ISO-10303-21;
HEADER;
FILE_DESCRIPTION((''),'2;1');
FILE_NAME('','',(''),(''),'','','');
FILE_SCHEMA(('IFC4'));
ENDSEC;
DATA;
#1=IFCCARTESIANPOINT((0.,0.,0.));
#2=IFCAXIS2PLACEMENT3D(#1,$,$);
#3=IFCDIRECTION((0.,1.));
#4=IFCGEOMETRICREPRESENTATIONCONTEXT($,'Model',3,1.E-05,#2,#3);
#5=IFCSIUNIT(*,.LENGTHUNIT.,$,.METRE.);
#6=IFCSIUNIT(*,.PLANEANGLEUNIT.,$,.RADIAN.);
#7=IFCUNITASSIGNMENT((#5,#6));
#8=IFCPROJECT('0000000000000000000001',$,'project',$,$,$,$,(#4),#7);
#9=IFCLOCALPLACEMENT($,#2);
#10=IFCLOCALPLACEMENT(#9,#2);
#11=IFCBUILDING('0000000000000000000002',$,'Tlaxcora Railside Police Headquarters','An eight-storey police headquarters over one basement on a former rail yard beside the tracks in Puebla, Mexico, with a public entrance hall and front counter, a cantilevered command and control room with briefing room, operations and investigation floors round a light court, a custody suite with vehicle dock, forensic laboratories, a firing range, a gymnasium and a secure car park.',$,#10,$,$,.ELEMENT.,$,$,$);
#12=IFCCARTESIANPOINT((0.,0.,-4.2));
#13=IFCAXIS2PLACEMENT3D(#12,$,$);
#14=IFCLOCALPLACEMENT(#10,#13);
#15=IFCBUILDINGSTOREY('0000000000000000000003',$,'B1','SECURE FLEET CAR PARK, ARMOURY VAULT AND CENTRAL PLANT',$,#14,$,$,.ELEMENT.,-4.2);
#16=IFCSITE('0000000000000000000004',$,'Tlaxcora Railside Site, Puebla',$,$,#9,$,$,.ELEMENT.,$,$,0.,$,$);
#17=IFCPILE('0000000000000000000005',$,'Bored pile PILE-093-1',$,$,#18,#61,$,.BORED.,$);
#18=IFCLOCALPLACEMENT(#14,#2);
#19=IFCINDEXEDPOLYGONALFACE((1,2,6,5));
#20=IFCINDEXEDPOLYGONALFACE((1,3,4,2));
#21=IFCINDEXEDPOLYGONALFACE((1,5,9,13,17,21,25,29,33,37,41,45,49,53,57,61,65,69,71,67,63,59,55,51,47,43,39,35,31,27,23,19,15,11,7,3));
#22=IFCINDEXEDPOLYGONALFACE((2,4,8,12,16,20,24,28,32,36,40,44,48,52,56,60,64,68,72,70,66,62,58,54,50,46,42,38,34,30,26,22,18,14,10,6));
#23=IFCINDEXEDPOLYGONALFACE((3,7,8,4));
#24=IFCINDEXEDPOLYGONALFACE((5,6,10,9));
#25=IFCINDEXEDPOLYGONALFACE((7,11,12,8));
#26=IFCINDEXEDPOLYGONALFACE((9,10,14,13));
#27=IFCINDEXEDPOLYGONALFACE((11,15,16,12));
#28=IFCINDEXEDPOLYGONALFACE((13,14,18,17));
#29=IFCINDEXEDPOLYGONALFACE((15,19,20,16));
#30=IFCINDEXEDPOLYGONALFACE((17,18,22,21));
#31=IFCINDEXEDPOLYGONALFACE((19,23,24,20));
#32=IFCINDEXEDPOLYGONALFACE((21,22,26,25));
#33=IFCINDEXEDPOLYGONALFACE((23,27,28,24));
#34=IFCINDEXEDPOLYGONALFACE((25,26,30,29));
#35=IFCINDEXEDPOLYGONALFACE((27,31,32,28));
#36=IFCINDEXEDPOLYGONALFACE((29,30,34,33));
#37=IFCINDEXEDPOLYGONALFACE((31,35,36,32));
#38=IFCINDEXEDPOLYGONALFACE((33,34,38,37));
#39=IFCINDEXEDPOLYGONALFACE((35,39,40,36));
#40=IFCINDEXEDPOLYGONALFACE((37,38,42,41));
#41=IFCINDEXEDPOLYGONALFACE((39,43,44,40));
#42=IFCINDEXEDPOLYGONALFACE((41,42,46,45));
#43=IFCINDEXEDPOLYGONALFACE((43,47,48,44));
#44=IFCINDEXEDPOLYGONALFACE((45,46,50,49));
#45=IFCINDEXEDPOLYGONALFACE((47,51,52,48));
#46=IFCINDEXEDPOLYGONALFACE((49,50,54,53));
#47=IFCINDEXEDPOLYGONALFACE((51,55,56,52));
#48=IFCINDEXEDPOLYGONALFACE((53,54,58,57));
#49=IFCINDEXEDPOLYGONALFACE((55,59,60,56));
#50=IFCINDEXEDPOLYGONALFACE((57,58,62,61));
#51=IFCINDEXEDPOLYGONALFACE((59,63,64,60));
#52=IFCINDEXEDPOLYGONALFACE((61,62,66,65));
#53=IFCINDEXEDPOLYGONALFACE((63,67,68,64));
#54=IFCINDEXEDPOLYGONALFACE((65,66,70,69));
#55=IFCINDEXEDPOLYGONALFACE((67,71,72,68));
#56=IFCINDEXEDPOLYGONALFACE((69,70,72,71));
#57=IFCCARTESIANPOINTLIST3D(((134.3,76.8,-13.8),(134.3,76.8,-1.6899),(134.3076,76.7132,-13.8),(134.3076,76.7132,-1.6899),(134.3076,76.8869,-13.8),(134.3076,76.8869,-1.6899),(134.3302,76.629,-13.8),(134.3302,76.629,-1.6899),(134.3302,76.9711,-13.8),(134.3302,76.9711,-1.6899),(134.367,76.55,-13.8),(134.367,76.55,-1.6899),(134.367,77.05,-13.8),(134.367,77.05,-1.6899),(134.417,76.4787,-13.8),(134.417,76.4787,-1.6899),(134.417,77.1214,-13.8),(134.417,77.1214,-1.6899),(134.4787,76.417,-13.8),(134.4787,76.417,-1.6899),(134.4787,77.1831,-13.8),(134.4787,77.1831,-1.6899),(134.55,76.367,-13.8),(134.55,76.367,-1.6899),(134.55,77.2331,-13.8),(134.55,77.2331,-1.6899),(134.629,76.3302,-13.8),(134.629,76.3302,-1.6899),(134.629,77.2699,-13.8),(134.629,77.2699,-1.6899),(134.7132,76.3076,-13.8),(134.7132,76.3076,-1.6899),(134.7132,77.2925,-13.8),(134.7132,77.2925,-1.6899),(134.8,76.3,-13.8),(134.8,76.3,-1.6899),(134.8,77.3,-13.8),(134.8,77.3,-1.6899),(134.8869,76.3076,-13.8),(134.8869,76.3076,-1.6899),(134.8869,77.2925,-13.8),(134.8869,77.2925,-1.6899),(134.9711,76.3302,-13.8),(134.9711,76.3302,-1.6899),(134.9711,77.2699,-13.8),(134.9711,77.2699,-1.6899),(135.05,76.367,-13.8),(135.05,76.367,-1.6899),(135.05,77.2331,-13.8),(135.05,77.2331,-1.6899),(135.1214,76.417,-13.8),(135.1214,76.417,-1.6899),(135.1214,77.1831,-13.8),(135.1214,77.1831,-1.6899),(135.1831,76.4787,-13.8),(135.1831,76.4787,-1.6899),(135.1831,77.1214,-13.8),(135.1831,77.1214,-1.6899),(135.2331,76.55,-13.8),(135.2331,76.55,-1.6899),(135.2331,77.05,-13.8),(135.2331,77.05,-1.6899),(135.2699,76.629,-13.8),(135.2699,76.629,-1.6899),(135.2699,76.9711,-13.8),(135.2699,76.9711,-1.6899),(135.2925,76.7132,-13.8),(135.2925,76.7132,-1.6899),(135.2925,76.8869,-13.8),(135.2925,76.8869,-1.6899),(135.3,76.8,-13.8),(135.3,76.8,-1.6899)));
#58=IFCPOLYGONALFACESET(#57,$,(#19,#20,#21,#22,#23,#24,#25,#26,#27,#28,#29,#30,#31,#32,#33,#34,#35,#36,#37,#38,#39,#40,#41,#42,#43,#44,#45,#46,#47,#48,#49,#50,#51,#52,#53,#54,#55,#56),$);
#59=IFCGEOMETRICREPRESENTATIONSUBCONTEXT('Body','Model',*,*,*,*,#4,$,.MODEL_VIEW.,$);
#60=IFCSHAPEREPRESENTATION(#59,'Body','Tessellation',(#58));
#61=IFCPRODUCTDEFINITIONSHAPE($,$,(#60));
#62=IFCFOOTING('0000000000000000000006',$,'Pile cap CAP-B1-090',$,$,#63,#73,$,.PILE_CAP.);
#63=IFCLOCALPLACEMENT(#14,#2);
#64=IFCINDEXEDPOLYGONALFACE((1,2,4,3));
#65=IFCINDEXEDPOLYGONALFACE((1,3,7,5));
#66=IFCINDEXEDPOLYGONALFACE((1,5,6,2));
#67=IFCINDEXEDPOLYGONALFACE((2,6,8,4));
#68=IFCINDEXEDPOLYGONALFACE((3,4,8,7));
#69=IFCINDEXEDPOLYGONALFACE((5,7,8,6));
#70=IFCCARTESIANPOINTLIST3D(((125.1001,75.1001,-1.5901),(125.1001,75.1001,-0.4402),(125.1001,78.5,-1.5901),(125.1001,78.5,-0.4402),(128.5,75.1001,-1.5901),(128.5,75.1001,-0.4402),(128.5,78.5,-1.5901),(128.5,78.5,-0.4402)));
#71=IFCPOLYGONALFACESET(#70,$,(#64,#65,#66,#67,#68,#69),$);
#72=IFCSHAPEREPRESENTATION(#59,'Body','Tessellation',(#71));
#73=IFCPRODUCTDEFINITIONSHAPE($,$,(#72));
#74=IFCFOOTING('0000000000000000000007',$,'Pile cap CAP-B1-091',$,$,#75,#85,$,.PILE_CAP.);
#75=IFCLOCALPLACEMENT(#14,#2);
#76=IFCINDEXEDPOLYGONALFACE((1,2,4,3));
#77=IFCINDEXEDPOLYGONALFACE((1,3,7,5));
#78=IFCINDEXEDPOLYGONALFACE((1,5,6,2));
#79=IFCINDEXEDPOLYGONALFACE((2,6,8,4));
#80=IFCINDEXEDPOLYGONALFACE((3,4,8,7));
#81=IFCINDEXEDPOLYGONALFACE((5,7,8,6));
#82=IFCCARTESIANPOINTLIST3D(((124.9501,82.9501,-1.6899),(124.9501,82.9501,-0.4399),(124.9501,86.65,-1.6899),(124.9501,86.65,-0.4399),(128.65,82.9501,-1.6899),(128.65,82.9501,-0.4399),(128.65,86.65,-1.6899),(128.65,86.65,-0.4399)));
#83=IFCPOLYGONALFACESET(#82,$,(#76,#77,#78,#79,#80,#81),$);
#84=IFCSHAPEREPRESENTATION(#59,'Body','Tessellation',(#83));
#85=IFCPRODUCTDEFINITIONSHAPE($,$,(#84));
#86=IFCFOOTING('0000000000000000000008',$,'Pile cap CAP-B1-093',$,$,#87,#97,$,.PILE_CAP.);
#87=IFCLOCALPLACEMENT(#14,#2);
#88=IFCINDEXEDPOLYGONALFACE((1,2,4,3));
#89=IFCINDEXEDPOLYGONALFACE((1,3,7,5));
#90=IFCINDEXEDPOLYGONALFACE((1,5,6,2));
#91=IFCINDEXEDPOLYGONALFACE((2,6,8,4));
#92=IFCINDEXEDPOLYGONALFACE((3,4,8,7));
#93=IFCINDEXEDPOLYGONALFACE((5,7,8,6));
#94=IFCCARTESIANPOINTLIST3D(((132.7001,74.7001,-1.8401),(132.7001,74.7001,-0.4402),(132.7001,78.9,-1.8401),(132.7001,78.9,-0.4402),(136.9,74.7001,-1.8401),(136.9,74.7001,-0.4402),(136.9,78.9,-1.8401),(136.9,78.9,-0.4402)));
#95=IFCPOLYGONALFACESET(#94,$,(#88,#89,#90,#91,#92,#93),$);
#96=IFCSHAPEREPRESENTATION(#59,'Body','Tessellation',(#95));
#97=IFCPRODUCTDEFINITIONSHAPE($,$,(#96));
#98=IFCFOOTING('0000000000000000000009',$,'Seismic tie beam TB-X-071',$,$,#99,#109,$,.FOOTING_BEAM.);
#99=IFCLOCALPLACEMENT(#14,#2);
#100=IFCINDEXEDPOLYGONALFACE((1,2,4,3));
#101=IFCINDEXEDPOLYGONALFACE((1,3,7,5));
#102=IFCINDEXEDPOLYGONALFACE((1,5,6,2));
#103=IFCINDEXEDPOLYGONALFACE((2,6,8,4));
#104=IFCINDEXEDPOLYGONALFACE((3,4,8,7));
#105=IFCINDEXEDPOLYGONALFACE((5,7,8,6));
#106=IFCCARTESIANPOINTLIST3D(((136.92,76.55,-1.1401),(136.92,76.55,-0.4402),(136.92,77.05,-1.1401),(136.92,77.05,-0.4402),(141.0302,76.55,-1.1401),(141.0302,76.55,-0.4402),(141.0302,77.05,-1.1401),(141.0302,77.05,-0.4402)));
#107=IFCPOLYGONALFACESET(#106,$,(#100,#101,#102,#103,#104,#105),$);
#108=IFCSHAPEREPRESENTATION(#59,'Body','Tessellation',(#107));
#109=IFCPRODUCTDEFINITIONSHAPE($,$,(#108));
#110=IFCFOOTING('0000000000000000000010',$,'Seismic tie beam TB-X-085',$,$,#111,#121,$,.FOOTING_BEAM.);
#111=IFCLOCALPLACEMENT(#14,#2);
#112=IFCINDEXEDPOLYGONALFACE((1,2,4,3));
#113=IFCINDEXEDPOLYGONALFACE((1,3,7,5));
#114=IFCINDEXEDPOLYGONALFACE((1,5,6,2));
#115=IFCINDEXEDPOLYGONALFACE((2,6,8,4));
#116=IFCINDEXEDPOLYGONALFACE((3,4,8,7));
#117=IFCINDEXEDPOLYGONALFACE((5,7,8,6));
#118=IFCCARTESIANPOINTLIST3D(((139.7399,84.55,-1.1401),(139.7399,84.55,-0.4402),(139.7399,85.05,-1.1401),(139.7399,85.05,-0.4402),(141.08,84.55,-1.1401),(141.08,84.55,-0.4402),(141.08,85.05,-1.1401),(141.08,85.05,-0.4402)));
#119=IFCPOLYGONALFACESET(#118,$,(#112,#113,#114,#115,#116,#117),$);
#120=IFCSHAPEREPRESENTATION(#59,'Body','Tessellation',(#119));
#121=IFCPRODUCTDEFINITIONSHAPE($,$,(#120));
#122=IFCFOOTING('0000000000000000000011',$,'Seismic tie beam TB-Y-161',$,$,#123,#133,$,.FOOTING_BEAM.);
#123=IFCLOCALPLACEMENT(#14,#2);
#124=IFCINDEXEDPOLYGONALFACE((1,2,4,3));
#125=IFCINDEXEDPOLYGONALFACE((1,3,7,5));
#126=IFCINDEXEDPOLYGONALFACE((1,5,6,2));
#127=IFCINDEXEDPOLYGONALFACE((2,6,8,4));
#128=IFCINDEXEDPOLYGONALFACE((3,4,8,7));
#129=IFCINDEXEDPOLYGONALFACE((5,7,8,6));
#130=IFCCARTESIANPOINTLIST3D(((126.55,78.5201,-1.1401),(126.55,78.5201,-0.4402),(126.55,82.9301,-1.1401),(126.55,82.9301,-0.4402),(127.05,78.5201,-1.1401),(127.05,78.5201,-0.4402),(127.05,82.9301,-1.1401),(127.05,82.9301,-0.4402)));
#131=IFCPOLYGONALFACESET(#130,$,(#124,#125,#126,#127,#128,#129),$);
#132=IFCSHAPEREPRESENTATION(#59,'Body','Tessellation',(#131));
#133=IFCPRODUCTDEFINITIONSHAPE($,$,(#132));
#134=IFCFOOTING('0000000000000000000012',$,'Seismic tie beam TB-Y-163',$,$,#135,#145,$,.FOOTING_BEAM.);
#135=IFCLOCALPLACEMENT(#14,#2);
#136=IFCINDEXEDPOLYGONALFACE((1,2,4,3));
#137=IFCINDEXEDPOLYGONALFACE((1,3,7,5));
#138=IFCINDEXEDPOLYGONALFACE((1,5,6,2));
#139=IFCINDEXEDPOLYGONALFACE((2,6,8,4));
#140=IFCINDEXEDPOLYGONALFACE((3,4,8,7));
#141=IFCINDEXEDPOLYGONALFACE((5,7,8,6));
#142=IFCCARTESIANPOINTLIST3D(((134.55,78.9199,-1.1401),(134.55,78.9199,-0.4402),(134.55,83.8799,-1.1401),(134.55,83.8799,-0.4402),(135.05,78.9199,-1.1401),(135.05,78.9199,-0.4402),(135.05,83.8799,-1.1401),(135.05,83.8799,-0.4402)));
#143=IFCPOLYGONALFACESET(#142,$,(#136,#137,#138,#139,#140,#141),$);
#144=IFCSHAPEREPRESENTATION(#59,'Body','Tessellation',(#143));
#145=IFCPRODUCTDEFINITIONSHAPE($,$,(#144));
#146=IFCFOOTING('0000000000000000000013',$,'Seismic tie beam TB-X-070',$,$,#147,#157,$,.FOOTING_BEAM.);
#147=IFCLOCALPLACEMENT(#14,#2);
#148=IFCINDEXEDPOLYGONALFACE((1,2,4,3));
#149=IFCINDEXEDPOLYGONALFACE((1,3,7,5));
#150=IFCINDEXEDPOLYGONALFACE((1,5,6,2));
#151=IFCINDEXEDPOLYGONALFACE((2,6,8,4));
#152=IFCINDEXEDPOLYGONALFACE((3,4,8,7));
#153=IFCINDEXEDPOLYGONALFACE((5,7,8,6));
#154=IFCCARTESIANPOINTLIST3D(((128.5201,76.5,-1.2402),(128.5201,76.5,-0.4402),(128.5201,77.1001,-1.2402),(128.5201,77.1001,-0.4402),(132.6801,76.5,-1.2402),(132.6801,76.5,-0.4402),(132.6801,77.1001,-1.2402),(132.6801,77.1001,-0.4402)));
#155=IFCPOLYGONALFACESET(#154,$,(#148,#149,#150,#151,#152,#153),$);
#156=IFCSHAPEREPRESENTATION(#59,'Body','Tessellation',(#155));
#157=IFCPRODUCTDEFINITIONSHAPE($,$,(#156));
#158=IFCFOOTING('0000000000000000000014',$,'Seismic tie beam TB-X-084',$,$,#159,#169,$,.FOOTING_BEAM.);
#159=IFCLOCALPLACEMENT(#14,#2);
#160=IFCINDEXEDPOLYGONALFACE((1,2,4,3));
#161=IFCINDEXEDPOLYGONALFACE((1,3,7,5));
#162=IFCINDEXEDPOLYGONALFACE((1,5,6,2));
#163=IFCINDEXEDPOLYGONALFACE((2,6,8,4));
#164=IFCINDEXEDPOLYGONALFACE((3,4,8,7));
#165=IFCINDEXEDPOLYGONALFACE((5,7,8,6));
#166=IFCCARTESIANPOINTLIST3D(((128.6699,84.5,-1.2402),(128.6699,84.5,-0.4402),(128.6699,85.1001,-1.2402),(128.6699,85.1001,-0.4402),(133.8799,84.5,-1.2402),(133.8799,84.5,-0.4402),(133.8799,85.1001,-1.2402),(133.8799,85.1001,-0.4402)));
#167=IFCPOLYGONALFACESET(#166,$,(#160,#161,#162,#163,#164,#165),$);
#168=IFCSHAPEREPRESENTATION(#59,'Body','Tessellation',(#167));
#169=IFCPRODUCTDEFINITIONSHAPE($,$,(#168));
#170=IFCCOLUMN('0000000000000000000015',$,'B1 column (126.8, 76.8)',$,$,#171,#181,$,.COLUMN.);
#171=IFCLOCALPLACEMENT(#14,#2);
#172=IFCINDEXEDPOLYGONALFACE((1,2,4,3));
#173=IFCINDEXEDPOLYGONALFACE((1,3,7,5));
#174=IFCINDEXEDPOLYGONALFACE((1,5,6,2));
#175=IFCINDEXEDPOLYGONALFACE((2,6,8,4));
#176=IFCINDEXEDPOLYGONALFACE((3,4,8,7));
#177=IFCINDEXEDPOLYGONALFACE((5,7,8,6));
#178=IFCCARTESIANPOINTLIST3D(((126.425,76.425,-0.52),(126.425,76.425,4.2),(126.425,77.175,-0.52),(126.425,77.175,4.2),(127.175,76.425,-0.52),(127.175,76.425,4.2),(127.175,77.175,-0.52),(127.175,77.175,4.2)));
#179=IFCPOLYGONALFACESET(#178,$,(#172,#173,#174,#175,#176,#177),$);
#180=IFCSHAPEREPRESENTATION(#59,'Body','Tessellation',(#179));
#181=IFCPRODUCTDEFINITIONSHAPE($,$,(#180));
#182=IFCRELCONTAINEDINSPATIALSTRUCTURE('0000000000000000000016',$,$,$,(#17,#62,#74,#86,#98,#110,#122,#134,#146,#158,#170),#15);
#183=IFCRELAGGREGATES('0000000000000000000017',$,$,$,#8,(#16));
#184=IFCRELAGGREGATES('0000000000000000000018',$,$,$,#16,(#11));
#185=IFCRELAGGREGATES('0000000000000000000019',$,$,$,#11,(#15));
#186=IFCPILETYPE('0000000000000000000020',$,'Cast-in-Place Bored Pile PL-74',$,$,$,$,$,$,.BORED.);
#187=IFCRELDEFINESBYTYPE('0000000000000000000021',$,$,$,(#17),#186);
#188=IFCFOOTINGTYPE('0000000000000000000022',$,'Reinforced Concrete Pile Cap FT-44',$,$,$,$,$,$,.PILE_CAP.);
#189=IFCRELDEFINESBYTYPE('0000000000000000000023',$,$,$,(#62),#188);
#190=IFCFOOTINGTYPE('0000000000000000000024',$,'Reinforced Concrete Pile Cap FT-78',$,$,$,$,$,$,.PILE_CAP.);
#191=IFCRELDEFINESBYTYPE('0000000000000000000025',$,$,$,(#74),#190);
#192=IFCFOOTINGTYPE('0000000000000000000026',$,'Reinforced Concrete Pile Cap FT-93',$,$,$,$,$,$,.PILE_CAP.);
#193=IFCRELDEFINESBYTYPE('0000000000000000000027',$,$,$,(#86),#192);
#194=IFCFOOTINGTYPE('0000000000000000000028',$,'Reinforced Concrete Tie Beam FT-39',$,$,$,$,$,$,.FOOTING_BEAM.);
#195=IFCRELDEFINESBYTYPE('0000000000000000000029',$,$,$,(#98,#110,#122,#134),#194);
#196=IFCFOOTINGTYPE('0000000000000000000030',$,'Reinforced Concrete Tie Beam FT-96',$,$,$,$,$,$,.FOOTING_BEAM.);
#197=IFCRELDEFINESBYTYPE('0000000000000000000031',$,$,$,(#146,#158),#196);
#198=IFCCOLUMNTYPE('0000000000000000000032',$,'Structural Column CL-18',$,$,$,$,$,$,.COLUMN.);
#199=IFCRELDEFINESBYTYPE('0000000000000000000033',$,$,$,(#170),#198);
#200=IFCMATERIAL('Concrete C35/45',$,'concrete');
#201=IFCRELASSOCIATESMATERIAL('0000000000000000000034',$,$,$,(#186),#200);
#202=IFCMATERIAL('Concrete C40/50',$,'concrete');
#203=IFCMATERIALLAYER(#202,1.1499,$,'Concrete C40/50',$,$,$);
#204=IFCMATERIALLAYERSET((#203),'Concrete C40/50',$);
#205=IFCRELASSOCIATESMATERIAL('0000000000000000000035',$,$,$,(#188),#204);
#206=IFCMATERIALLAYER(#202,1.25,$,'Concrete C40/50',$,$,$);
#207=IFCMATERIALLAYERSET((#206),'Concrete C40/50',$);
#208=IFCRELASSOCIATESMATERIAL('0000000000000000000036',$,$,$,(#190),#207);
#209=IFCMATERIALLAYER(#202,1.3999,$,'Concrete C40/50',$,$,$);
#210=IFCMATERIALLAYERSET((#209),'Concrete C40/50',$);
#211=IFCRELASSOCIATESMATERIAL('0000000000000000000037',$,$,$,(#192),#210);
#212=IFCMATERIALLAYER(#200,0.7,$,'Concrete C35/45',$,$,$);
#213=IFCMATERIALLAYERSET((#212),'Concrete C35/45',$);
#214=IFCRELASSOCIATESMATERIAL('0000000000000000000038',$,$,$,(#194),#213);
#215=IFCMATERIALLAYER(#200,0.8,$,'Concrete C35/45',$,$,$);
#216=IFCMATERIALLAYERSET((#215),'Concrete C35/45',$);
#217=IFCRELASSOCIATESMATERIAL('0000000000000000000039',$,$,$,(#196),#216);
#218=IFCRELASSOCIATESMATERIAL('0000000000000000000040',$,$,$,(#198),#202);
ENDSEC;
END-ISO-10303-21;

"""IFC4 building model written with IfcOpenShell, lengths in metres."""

from ifc_helpers import new_model, si_unit, direction, frame, origin, origin_2d, place, context, subcontext, project, spatial, rectangle, circle, extrude, material, layer, layer_set, material_profile, profile_set, type_object, element, save


model = new_model("IFC4")

# Units and contexts
model_context = context("Model", 3, precision=1e-05, world=origin(), true_north=direction((0.0, 1.0)))
body_context = subcontext(model_context, "Body", "Model", "MODEL_VIEW")
ifc_project = project(units=[si_unit("LENGTHUNIT", "METRE"), si_unit("PLANEANGLEUNIT", "RADIAN")], contexts=[model_context])

# Site, building, storey
site_placement = place(None, origin())
site = spatial("IfcSite", under=ifc_project, at=site_placement, Name="Tlaxcora Railside Site, Puebla", CompositionType="ELEMENT", RefElevation=0.0)
building_placement = place(site_placement, origin())
building = spatial("IfcBuilding", under=site, at=building_placement, Name="Tlaxcora Railside Police Headquarters", Description="An eight-storey police headquarters over one basement on a former rail yard beside the tracks in Puebla, Mexico, with a public entrance hall and front counter, a cantilevered command and control room with briefing room, operations and investigation floors round a light court, a custody suite with vehicle dock, forensic laboratories, a firing range, a gymnasium and a secure car park.", CompositionType="ELEMENT")
storey_placement = place(building_placement, frame((0.0, 0.0, -4.2)))
storey = spatial("IfcBuildingStorey", under=building, at=storey_placement, Name="B1", Description="SECURE FLEET CAR PARK, ARMOURY VAULT AND CENTRAL PLANT", CompositionType="ELEMENT", Elevation=-4.2)

# Pile
ifc_material_1 = material(Name="Concrete C35/45", Category="concrete")
ifc_material_profile_1 = material_profile(ifc_material_1, circle(Radius=0.5, at=origin_2d()), Name="PILE1000")
ifc_profile_set_1 = profile_set([ifc_material_profile_1], Name="Concrete C35/45")
pile_type_1 = type_object("IfcPileType", Name="Cast-in-Place Bored Pile PL-74", PredefinedType="BORED", material=ifc_profile_set_1)
pile_placement = place(storey_placement, frame((134.8, 76.8, -1.6899), z_axis=(0.0, 0.0, -1.0), x_axis=(1.0, 0.0, 0.0)))
element("IfcPile", 1, at=pile_placement, inside=storey, type_object=pile_type_1, Name="Bored pile PILE-093-1", PredefinedType="BORED", context=body_context, shape_type="SweptSolid", body=[
    extrude(circle(Radius=0.5, at=origin_2d()), origin(), (0.0, 0.0, 1.0), 12.1101),
])

# Footings
ifc_material_2 = material(Name="Concrete C40/50", Category="concrete")
ifc_layer_1 = layer(ifc_material_2, 1.1499, Name="Concrete C40/50")
ifc_layer_set_1 = layer_set([ifc_layer_1], Name="Concrete C40/50")
footing_type_1 = type_object("IfcFootingType", Name="Reinforced Concrete Pile Cap FT-44", PredefinedType="PILE_CAP", material=ifc_layer_set_1)
footing_1_placement = place(storey_placement, frame((126.8, 76.8, -1.5901), z_axis=(0.0, 0.0, 1.0), x_axis=(1.0, 0.0, 0.0)))
element("IfcFooting", 2, at=footing_1_placement, inside=storey, type_object=footing_type_1, Name="Pile cap CAP-B1-090", PredefinedType="PILE_CAP", context=body_context, shape_type="SweptSolid", body=[
    extrude(rectangle(XDim=3.3999, YDim=3.3999, at=origin_2d()), origin(), (0.0, 0.0, 1.0), 1.1499),
])
ifc_layer_2 = layer(ifc_material_2, 1.25, Name="Concrete C40/50")
ifc_layer_set_2 = layer_set([ifc_layer_2], Name="Concrete C40/50")
footing_type_2 = type_object("IfcFootingType", Name="Reinforced Concrete Pile Cap FT-78", PredefinedType="PILE_CAP", material=ifc_layer_set_2)
footing_2_placement = place(storey_placement, frame((126.8, 84.8, -1.6899), z_axis=(0.0, 0.0, 1.0), x_axis=(1.0, 0.0, 0.0)))
element("IfcFooting", 3, at=footing_2_placement, inside=storey, type_object=footing_type_2, Name="Pile cap CAP-B1-091", PredefinedType="PILE_CAP", context=body_context, shape_type="SweptSolid", body=[
    extrude(rectangle(XDim=3.7, YDim=3.7, at=origin_2d()), origin(), (0.0, 0.0, 1.0), 1.25),
])
ifc_layer_3 = layer(ifc_material_2, 1.3999, Name="Concrete C40/50")
ifc_layer_set_3 = layer_set([ifc_layer_3], Name="Concrete C40/50")
footing_type_3 = type_object("IfcFootingType", Name="Reinforced Concrete Pile Cap FT-93", PredefinedType="PILE_CAP", material=ifc_layer_set_3)
footing_3_placement = place(storey_placement, frame((134.8, 76.8, -1.8401), z_axis=(0.0, 0.0, 1.0), x_axis=(1.0, 0.0, 0.0)))
element("IfcFooting", 4, at=footing_3_placement, inside=storey, type_object=footing_type_3, Name="Pile cap CAP-B1-093", PredefinedType="PILE_CAP", context=body_context, shape_type="SweptSolid", body=[
    extrude(rectangle(XDim=4.2, YDim=4.2, at=origin_2d()), origin(), (0.0, 0.0, 1.0), 1.3999),
])
ifc_layer_4 = layer(ifc_material_1, 0.7, Name="Concrete C35/45")
ifc_layer_set_4 = layer_set([ifc_layer_4], Name="Concrete C35/45")
footing_type_4 = type_object("IfcFootingType", Name="Reinforced Concrete Tie Beam FT-39", PredefinedType="FOOTING_BEAM", material=ifc_layer_set_4)
footing_4_placement = place(storey_placement, frame((138.9751, 76.8, -1.1401), z_axis=(0.0, 0.0, 1.0), x_axis=(1.0, 0.0, 0.0)))
element("IfcFooting", 5, at=footing_4_placement, inside=storey, type_object=footing_type_4, Name="Seismic tie beam TB-X-071", PredefinedType="FOOTING_BEAM", context=body_context, shape_type="SweptSolid", body=[
    extrude(rectangle(XDim=4.1101, YDim=0.5, at=origin_2d()), origin(), (0.0, 0.0, 1.0), 0.7),
])
footing_5_placement = place(storey_placement, frame((140.4099, 84.8, -1.1401), z_axis=(0.0, 0.0, 1.0), x_axis=(1.0, 0.0, 0.0)))
element("IfcFooting", 6, at=footing_5_placement, inside=storey, type_object=footing_type_4, Name="Seismic tie beam TB-X-085", PredefinedType="FOOTING_BEAM", context=body_context, shape_type="SweptSolid", body=[
    extrude(rectangle(XDim=1.3401, YDim=0.5, at=origin_2d()), origin(), (0.0, 0.0, 1.0), 0.7),
])
footing_6_placement = place(storey_placement, frame((126.8, 80.7251, -1.1401), z_axis=(0.0, 0.0, 1.0), x_axis=(0.0, 1.0, 0.0)))
element("IfcFooting", 7, at=footing_6_placement, inside=storey, type_object=footing_type_4, Name="Seismic tie beam TB-Y-161", PredefinedType="FOOTING_BEAM", context=body_context, shape_type="SweptSolid", body=[
    extrude(rectangle(XDim=4.4099, YDim=0.5, at=origin_2d()), origin(), (0.0, 0.0, 1.0), 0.7),
])
footing_7_placement = place(storey_placement, frame((134.8, 81.3999, -1.1401), z_axis=(0.0, 0.0, 1.0), x_axis=(0.0, 1.0, 0.0)))
element("IfcFooting", 8, at=footing_7_placement, inside=storey, type_object=footing_type_4, Name="Seismic tie beam TB-Y-163", PredefinedType="FOOTING_BEAM", context=body_context, shape_type="SweptSolid", body=[
    extrude(rectangle(XDim=4.96, YDim=0.5, at=origin_2d()), origin(), (0.0, 0.0, 1.0), 0.7),
])
ifc_layer_5 = layer(ifc_material_1, 0.8, Name="Concrete C35/45")
ifc_layer_set_5 = layer_set([ifc_layer_5], Name="Concrete C35/45")
footing_type_5 = type_object("IfcFootingType", Name="Reinforced Concrete Tie Beam FT-96", PredefinedType="FOOTING_BEAM", material=ifc_layer_set_5)
footing_8_placement = place(storey_placement, frame((130.6001, 76.8, -1.2402), z_axis=(0.0, 0.0, 1.0), x_axis=(1.0, 0.0, 0.0)))
element("IfcFooting", 9, at=footing_8_placement, inside=storey, type_object=footing_type_5, Name="Seismic tie beam TB-X-070", PredefinedType="FOOTING_BEAM", context=body_context, shape_type="SweptSolid", body=[
    extrude(rectangle(XDim=4.1599, YDim=0.6001, at=origin_2d()), origin(), (0.0, 0.0, 1.0), 0.8),
])
footing_9_placement = place(storey_placement, frame((131.2749, 84.8, -1.2402), z_axis=(0.0, 0.0, 1.0), x_axis=(1.0, 0.0, 0.0)))
element("IfcFooting", 10, at=footing_9_placement, inside=storey, type_object=footing_type_5, Name="Seismic tie beam TB-X-084", PredefinedType="FOOTING_BEAM", context=body_context, shape_type="SweptSolid", body=[
    extrude(rectangle(XDim=5.21, YDim=0.6001, at=origin_2d()), origin(), (0.0, 0.0, 1.0), 0.8),
])

# Column
ifc_material_profile_2 = material_profile(ifc_material_2, rectangle(XDim=0.75, YDim=0.75, at=origin_2d()), Name="RC750X750")
ifc_profile_set_2 = profile_set([ifc_material_profile_2], Name="Concrete C40/50")
column_type = type_object("IfcColumnType", Name="Structural Column CL-18", PredefinedType="COLUMN", material=ifc_profile_set_2)
for number, where, z_axis, x_axis, name in (
    (11, (126.8, 76.8, -0.52), (0.0, 0.0, 1.0), (1.0, 0.0, 0.0), "B1 column (126.8, 76.8)"),
):
    element("IfcColumn", number, at=place(storey_placement, frame(where, z_axis=z_axis, x_axis=x_axis)), inside=storey, type_object=column_type, Name=name, PredefinedType="COLUMN", context=body_context, shape_type="SweptSolid", body=[
        extrude(rectangle(XDim=0.75, YDim=0.75, at=origin_2d()), origin(), (0.0, 0.0, 1.0), 4.72),
    ])

save(model, "model.ifc")
